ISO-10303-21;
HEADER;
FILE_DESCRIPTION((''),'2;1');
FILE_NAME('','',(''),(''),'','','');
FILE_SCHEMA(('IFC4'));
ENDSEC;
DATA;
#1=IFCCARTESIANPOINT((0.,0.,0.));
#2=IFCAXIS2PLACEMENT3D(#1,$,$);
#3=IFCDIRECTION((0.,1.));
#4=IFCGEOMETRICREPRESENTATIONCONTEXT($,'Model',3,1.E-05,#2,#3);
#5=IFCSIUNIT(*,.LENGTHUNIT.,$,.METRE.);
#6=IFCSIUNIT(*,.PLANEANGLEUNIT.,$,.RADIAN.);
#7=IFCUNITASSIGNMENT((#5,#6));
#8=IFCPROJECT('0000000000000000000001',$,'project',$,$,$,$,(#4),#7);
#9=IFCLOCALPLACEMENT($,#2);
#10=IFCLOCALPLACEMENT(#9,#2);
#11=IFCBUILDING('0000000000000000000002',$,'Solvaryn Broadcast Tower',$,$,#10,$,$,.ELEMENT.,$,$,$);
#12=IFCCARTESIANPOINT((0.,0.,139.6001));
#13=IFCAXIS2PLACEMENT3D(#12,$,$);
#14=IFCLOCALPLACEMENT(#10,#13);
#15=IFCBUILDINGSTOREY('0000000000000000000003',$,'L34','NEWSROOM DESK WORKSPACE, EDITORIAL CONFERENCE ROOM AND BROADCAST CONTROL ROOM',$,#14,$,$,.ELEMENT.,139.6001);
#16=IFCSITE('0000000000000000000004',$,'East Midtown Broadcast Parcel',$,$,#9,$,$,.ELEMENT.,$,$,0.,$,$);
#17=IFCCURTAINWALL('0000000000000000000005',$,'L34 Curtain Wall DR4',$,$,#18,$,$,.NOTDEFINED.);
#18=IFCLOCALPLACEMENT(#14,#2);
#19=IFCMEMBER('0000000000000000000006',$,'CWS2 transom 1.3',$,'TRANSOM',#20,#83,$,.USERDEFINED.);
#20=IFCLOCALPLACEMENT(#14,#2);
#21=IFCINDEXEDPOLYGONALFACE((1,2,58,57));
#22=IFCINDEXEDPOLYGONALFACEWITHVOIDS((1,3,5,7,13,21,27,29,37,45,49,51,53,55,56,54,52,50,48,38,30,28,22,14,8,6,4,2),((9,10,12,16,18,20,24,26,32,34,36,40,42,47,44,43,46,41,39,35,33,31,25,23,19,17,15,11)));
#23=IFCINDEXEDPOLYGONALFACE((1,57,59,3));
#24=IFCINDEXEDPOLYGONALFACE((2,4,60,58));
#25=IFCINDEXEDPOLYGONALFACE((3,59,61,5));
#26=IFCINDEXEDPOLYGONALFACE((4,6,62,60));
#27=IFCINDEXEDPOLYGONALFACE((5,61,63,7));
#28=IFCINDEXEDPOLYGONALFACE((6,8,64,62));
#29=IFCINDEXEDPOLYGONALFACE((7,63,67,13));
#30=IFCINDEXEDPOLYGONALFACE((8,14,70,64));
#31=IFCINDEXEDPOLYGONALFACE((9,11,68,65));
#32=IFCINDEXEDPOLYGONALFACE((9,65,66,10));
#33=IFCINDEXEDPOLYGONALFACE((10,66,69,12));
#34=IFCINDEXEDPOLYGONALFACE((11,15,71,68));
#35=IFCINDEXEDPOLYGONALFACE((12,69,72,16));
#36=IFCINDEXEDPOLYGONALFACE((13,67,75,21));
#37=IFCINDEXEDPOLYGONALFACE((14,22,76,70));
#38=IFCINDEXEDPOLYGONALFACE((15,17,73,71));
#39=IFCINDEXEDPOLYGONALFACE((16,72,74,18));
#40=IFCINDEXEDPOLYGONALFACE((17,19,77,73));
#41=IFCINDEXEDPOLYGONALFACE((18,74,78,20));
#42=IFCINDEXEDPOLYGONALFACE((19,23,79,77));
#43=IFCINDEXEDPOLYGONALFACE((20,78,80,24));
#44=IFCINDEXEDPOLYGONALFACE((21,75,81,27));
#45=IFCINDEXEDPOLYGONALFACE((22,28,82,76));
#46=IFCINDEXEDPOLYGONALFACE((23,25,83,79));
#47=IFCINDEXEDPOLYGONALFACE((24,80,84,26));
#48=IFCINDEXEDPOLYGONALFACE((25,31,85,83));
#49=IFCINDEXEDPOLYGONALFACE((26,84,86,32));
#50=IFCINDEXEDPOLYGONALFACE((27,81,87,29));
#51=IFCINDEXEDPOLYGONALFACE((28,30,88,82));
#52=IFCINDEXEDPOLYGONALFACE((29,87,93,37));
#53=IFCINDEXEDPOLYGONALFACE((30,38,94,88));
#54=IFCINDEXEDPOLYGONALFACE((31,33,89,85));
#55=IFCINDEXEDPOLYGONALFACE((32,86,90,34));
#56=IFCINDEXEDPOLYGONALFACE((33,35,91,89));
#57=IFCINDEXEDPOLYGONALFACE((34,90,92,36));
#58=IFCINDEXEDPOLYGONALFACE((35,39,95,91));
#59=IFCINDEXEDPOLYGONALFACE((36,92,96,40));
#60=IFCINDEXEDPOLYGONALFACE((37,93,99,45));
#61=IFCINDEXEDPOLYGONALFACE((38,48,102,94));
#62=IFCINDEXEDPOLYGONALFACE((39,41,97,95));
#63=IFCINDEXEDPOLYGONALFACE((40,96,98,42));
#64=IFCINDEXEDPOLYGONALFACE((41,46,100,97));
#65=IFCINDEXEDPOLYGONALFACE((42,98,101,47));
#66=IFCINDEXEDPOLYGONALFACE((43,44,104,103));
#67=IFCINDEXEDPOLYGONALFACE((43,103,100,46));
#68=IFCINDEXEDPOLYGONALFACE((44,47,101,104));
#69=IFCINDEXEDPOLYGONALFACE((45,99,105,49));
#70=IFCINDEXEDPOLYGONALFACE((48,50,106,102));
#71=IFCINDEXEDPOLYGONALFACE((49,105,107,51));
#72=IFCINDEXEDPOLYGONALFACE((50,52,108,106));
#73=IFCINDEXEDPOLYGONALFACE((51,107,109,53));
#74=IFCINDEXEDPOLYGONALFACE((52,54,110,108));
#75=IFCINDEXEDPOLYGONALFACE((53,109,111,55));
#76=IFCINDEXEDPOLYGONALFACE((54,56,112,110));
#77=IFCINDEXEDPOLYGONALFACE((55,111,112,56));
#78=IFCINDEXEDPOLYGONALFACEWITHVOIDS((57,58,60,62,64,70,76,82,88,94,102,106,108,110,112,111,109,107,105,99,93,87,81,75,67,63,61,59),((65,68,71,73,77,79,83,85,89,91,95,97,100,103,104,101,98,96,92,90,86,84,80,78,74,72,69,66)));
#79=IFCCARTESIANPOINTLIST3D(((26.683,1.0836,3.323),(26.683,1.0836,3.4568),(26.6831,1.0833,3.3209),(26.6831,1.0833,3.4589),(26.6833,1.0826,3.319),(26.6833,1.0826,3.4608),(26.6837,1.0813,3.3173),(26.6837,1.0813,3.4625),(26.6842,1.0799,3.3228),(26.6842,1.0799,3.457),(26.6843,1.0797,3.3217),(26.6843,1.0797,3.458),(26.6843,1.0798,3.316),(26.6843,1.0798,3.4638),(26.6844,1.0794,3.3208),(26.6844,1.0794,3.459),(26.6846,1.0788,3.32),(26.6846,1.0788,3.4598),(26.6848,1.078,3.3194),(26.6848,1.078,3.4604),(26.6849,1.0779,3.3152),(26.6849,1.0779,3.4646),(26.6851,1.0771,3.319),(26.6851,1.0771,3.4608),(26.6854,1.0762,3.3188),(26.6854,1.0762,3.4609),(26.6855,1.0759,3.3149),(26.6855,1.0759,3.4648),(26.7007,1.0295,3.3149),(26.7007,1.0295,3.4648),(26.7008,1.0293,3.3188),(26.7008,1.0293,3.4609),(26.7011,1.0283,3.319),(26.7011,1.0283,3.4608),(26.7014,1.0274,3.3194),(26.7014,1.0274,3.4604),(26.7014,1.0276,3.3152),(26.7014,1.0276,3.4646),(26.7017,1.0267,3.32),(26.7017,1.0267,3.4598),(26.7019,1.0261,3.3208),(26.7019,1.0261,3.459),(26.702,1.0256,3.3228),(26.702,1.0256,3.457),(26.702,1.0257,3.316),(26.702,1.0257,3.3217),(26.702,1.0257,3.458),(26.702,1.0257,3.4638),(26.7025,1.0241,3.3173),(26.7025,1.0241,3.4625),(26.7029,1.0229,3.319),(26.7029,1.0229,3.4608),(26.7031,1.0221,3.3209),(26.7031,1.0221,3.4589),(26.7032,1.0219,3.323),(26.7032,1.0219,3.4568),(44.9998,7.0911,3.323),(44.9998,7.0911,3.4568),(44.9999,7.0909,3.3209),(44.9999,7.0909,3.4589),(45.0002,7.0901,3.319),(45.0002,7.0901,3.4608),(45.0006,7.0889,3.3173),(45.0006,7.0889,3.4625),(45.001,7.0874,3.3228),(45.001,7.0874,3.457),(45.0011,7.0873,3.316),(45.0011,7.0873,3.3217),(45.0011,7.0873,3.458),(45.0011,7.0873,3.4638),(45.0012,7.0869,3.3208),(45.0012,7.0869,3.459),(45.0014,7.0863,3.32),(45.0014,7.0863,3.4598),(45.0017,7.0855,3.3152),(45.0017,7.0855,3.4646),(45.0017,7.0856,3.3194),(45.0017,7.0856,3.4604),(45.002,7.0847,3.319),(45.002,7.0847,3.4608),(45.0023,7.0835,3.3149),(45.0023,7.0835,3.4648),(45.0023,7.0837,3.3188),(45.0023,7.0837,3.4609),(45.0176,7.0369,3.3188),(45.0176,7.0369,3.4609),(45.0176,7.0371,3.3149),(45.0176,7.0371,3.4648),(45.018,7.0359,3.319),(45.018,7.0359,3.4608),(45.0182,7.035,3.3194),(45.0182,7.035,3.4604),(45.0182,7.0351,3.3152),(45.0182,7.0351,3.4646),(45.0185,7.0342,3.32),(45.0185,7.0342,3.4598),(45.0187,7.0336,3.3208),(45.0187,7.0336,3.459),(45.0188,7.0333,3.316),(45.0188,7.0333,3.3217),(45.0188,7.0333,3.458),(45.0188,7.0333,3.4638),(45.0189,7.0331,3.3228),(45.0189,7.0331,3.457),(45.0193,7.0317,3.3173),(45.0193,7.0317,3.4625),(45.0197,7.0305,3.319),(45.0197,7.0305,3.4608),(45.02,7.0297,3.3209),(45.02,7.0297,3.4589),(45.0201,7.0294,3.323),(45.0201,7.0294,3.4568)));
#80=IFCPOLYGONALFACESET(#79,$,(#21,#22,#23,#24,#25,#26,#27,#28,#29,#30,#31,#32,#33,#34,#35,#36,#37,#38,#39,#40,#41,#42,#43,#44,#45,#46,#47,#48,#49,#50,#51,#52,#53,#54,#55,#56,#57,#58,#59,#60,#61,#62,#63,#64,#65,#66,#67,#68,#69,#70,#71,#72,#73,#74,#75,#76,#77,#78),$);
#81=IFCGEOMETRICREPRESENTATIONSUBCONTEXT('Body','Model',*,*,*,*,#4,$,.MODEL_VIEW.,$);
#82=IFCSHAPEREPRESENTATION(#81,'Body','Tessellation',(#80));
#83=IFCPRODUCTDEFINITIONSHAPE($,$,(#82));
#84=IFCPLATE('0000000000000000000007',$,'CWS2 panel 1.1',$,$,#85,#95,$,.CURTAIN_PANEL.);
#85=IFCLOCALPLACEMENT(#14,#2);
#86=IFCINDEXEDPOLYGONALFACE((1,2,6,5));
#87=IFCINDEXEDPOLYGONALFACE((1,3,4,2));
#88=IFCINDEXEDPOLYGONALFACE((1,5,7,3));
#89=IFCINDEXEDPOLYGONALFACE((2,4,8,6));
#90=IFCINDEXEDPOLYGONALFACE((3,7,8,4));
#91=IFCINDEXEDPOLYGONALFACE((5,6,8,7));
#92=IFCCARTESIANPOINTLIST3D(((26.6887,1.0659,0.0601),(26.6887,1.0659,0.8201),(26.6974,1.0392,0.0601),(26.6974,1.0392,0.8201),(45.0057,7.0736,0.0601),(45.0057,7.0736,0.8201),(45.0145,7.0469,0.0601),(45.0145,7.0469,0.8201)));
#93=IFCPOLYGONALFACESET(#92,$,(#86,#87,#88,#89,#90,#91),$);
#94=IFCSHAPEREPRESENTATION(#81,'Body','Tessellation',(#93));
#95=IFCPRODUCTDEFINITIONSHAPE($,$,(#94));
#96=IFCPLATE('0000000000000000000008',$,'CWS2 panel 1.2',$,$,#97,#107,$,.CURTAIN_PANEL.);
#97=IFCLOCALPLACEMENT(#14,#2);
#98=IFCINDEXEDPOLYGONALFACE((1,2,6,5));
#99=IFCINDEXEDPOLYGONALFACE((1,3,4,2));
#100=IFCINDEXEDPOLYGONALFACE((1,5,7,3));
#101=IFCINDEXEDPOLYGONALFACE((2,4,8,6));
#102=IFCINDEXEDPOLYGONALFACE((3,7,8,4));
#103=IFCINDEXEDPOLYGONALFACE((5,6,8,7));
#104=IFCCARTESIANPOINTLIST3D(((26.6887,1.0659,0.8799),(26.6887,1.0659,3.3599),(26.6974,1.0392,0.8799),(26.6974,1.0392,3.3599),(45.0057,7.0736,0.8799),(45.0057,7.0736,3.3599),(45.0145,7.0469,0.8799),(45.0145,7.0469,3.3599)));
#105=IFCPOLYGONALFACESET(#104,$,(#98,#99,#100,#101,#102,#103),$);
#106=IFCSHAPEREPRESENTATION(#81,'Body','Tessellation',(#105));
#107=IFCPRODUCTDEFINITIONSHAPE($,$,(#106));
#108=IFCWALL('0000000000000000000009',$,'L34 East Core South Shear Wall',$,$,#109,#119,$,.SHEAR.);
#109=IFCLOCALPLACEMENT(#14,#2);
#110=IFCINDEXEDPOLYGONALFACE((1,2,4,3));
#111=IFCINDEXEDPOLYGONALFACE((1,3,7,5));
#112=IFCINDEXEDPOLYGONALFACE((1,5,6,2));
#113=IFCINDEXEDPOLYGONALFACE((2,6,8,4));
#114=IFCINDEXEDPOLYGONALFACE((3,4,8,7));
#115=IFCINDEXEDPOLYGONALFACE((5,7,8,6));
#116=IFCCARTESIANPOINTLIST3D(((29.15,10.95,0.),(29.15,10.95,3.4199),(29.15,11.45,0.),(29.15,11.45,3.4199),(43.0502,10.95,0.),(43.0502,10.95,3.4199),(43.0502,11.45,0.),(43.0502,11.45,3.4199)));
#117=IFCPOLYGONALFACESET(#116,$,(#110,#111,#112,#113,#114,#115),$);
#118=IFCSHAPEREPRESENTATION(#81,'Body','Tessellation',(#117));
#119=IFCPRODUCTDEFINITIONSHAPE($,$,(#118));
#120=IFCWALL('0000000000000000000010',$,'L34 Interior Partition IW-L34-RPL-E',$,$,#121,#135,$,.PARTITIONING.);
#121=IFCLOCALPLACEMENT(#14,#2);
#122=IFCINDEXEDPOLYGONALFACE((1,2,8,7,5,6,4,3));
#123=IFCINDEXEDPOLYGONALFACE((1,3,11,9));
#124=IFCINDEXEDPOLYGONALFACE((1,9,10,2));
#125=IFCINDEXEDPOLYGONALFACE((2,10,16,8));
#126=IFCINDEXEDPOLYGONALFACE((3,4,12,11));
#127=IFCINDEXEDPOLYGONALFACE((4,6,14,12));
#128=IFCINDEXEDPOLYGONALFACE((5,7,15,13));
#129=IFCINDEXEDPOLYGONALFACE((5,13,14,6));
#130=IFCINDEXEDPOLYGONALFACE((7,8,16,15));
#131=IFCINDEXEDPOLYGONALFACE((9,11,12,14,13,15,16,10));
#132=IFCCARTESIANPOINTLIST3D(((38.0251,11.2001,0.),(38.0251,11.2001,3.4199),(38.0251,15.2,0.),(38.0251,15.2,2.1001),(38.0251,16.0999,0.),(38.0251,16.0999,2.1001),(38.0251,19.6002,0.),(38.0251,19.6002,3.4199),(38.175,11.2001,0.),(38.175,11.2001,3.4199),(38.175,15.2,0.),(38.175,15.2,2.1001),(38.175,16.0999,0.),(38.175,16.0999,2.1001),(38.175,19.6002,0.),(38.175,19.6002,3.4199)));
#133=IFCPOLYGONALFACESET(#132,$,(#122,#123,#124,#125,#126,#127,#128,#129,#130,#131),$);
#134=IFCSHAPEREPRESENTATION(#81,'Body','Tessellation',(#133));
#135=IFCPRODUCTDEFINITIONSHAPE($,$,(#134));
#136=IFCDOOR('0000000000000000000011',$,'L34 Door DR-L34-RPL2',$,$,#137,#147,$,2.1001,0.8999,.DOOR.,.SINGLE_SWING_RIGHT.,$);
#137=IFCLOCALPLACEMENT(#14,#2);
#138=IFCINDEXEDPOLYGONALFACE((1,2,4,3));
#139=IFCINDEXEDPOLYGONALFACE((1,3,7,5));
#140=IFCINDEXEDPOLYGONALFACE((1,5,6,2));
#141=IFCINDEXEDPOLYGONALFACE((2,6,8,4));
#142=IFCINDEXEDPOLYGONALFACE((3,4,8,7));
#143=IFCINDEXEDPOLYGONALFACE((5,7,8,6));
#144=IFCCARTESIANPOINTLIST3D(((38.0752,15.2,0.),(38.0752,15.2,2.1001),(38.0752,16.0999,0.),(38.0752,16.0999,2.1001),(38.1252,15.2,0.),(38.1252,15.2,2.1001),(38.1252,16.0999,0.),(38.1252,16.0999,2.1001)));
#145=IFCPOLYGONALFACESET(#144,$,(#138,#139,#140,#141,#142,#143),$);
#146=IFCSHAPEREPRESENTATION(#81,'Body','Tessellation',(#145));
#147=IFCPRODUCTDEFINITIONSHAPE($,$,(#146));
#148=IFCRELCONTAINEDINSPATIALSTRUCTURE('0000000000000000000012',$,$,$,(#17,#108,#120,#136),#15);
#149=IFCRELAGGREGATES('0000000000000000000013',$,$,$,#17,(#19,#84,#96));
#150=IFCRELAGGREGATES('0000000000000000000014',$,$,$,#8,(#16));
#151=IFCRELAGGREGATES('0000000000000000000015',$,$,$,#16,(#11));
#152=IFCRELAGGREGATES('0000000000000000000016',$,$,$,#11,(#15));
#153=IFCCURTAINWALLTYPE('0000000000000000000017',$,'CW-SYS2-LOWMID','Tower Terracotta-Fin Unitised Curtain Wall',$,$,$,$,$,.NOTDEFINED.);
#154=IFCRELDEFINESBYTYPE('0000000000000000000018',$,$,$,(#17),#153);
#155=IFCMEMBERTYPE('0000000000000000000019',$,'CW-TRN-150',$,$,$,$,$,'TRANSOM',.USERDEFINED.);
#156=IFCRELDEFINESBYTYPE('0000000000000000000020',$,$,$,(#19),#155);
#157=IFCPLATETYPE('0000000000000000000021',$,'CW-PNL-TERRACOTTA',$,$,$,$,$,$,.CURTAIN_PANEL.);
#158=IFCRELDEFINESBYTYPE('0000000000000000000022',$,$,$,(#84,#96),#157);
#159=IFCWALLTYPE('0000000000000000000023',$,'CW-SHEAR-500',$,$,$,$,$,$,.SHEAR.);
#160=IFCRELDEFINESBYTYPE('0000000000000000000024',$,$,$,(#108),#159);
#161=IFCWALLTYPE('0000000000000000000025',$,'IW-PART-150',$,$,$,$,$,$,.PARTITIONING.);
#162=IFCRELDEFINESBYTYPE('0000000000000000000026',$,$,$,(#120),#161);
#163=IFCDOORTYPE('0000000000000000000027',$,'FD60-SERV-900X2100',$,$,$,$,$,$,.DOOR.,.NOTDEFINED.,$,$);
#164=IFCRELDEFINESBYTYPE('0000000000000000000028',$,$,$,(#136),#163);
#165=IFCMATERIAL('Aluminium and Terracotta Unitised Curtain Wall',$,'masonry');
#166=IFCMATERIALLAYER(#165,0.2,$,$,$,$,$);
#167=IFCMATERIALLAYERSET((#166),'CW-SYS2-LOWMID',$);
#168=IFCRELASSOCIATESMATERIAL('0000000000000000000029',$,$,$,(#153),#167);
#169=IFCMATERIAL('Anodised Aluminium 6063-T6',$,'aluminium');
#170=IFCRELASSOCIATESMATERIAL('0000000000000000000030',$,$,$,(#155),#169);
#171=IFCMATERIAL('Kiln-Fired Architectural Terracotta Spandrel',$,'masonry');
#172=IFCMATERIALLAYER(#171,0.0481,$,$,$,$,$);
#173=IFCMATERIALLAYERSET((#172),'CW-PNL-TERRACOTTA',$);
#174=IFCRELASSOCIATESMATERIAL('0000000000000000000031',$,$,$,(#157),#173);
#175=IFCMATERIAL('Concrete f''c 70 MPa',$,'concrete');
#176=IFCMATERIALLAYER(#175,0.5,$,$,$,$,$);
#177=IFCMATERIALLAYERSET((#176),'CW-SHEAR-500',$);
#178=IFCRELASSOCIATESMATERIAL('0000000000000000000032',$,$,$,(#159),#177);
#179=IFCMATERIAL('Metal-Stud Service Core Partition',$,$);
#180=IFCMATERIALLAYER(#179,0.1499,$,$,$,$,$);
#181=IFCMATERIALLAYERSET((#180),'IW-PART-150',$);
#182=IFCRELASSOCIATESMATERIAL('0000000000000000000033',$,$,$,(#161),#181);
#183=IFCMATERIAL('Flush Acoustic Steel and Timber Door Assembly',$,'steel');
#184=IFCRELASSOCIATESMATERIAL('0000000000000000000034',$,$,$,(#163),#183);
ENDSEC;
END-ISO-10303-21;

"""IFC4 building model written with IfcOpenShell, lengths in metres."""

from ifc_helpers import new_model, si_unit, direction, frame, frame_2d, origin, origin_2d, place, context, subcontext, project, spatial, rectangle, hollow_rectangle, extrude, material, layer, layer_set, material_profile, profile_set, type_object, element, fill, aggregate, save


model = new_model("IFC4")

# Units and contexts
model_context = context("Model", 3, precision=1e-05, world=origin(), true_north=direction((0.0, 1.0)))
body_context = subcontext(model_context, "Body", "Model", "MODEL_VIEW")
ifc_project = project(units=[si_unit("LENGTHUNIT", "METRE"), si_unit("PLANEANGLEUNIT", "RADIAN")], contexts=[model_context])

# Site, building, storey
site_placement = place(None, origin())
site = spatial("IfcSite", under=ifc_project, at=site_placement, Name="East Midtown Broadcast Parcel", CompositionType="ELEMENT", RefElevation=0.0)
building_placement = place(site_placement, origin())
building = spatial("IfcBuilding", under=site, at=building_placement, Name="Solvaryn Broadcast Tower", CompositionType="ELEMENT")
storey_placement = place(building_placement, frame((0.0, 0.0, 139.6001)))
storey = spatial("IfcBuildingStorey", under=building, at=storey_placement, Name="L34", Description="NEWSROOM DESK WORKSPACE, EDITORIAL CONFERENCE ROOM AND BROADCAST CONTROL ROOM", CompositionType="ELEMENT", Elevation=139.6001)

# Shared definitions
ifc_material_1 = material(Name="Aluminium and Terracotta Unitised Curtain Wall", Category="masonry")
ifc_layer_1 = layer(ifc_material_1, 0.2)
ifc_layer_set_1 = layer_set([ifc_layer_1], Name="CW-SYS2-LOWMID")
curtain_wall_type = type_object("IfcCurtainWallType", Name="CW-SYS2-LOWMID", Description="Tower Terracotta-Fin Unitised Curtain Wall", PredefinedType="NOTDEFINED", material=ifc_layer_set_1)

# Curtain wall, member, plates
curtain_wall_1_placement = place(storey_placement, origin())
curtain_wall_1 = element("IfcCurtainWall", 1, at=curtain_wall_1_placement, inside=storey, type_object=curtain_wall_type, Name="L34 Curtain Wall DR4", PredefinedType="NOTDEFINED")
ifc_material_2 = material(Name="Anodised Aluminium 6063-T6", Category="aluminium")
ifc_material_profile_1 = material_profile(ifc_material_2, hollow_rectangle(XDim=0.0649, YDim=0.1499, WallThickness=0.0039, InnerFilletRadius=0.0039, OuterFilletRadius=0.0081, at=origin_2d()))
ifc_profile_set_1 = profile_set([ifc_material_profile_1], Name="Anodised Aluminium 6063-T6")
member_type_1 = type_object("IfcMemberType", Name="CW-TRN-150", ElementType="TRANSOM", PredefinedType="USERDEFINED", material=ifc_profile_set_1)
member_1_placement = place(storey_placement, frame((26.6931, 1.0527, 3.3899), z_axis=(0.950198, 0.311646, 0.0), x_axis=(-0.311646, 0.950198, 0.0)))
member_1 = element("IfcMember", 2, at=member_1_placement, type_object=member_type_1, Name="CWS2 transom 1.3", ObjectType="TRANSOM", PredefinedType="USERDEFINED", context=body_context, shape_type="SweptSolid", body=[
    extrude(hollow_rectangle(XDim=0.0649, YDim=0.1499, WallThickness=0.0039, InnerFilletRadius=0.0039, OuterFilletRadius=0.0081, at=origin_2d()), origin(), (0.0, 0.0, 1.0), 19.2769),
])
ifc_material_3 = material(Name="Kiln-Fired Architectural Terracotta Spandrel", Category="masonry")
ifc_layer_2 = layer(ifc_material_3, 0.0481)
ifc_layer_set_2 = layer_set([ifc_layer_2], Name="CW-PNL-TERRACOTTA")
plate_type = type_object("IfcPlateType", Name="CW-PNL-TERRACOTTA", PredefinedType="CURTAIN_PANEL", material=ifc_layer_set_2)
plate_1_placement = place(storey_placement, frame((35.8516, 4.0564, 0.0601), z_axis=(0.0, 0.0, 1.0), x_axis=(0.950198, 0.311646, 0.0)))
plate_1 = element("IfcPlate", 3, at=plate_1_placement, type_object=plate_type, Name="CWS2 panel 1.1", PredefinedType="CURTAIN_PANEL", context=body_context, shape_type="SweptSolid", body=[
    extrude(rectangle(XDim=19.2771, YDim=0.0281, at=origin_2d()), origin(), (0.0, 0.0, 1.0), 0.76),
])
plate_2_placement = place(storey_placement, frame((35.8516, 4.0564, 0.8799), z_axis=(0.0, 0.0, 1.0), x_axis=(0.950198, 0.311646, 0.0)))
plate_2 = element("IfcPlate", 4, at=plate_2_placement, type_object=plate_type, Name="CWS2 panel 1.2", PredefinedType="CURTAIN_PANEL", context=body_context, shape_type="SweptSolid", body=[
    extrude(rectangle(XDim=19.2771, YDim=0.0281, at=origin_2d()), origin(), (0.0, 0.0, 1.0), 2.48),
])
aggregate(curtain_wall_1, [member_1, plate_1, plate_2])

# Wall
ifc_material_4 = material(Name="Concrete f'c 70 MPa", Category="concrete")
ifc_layer_3 = layer(ifc_material_4, 0.5)
ifc_layer_set_3 = layer_set([ifc_layer_3], Name="CW-SHEAR-500")
wall_type_1 = type_object("IfcWallType", Name="CW-SHEAR-500", PredefinedType="SHEAR", material=ifc_layer_set_3)
wall_1_placement = place(storey_placement, frame((29.1499, 11.2, 0.0), z_axis=(0.0, 0.0, 1.0), x_axis=(1.0, 0.0, 0.0)))
element("IfcWall", 5, at=wall_1_placement, inside=storey, type_object=wall_type_1, Name="L34 East Core South Shear Wall", PredefinedType="SHEAR", context=body_context, shape_type="SweptSolid", body=[
    extrude(rectangle(XDim=13.9001, YDim=0.5, at=frame_2d((6.9502, 0.0))), origin(), (0.0, 0.0, 1.0), 3.4199),
])

# Wall, opening, door
ifc_material_5 = material(Name="Metal-Stud Service Core Partition")
ifc_layer_4 = layer(ifc_material_5, 0.1499)
ifc_layer_set_4 = layer_set([ifc_layer_4], Name="IW-PART-150")
wall_type_2 = type_object("IfcWallType", Name="IW-PART-150", PredefinedType="PARTITIONING", material=ifc_layer_set_4)
wall_2_placement = place(storey_placement, frame((38.1001, 11.2, 0.0), z_axis=(0.0, 0.0, 1.0), x_axis=(0.0, 1.0, 0.0)))
wall_2 = element("IfcWall", 6, at=wall_2_placement, inside=storey, type_object=wall_type_2, Name="L34 Interior Partition IW-L34-RPL-E", PredefinedType="PARTITIONING", context=body_context, shape_type="SweptSolid", body=[
    extrude(rectangle(XDim=8.4001, YDim=0.1499, at=frame_2d((4.2002, 0.0))), origin(), (0.0, 0.0, 1.0), 3.4199),
])
opening_1_placement = place(wall_2_placement, frame((4.0, 0.0, 0.0)))
opening_1 = element("IfcOpeningElement", 7, at=opening_1_placement, cuts=wall_2, PredefinedType="OPENING", context=body_context, shape_type="SweptSolid", body=[
    extrude(rectangle(XDim=0.8999, YDim=2.1001, at=frame_2d((0.45, 1.05))), frame((0.0, 0.085, 0.0), z_axis=(0.0, -1.0, 0.0), x_axis=(1.0, 0.0, 0.0)), (0.0, 0.0, 1.0), 0.1699),
])
ifc_material_6 = material(Name="Flush Acoustic Steel and Timber Door Assembly", Category="steel")
door_type_1 = type_object("IfcDoorType", Name="FD60-SERV-900X2100", OperationType="NOTDEFINED", PredefinedType="DOOR", material=ifc_material_6)
door_1_placement = place(opening_1_placement, origin())
door_1 = element("IfcDoor", 8, at=door_1_placement, inside=storey, type_object=door_type_1, Name="L34 Door DR-L34-RPL2", OperationType="SINGLE_SWING_RIGHT", OverallHeight=2.1001, OverallWidth=0.8999, PredefinedType="DOOR", context=body_context, shape_type="SweptSolid", body=[
    extrude(rectangle(XDim=0.8999, YDim=2.1001, at=frame_2d((0.45, 1.05))), frame((0.0, 0.0249, 0.0), z_axis=(0.0, -1.0, 0.0), x_axis=(1.0, 0.0, 0.0)), (0.0, 0.0, 1.0), 0.05),
])
fill(opening_1, door_1)

save(model, "model.ifc")
